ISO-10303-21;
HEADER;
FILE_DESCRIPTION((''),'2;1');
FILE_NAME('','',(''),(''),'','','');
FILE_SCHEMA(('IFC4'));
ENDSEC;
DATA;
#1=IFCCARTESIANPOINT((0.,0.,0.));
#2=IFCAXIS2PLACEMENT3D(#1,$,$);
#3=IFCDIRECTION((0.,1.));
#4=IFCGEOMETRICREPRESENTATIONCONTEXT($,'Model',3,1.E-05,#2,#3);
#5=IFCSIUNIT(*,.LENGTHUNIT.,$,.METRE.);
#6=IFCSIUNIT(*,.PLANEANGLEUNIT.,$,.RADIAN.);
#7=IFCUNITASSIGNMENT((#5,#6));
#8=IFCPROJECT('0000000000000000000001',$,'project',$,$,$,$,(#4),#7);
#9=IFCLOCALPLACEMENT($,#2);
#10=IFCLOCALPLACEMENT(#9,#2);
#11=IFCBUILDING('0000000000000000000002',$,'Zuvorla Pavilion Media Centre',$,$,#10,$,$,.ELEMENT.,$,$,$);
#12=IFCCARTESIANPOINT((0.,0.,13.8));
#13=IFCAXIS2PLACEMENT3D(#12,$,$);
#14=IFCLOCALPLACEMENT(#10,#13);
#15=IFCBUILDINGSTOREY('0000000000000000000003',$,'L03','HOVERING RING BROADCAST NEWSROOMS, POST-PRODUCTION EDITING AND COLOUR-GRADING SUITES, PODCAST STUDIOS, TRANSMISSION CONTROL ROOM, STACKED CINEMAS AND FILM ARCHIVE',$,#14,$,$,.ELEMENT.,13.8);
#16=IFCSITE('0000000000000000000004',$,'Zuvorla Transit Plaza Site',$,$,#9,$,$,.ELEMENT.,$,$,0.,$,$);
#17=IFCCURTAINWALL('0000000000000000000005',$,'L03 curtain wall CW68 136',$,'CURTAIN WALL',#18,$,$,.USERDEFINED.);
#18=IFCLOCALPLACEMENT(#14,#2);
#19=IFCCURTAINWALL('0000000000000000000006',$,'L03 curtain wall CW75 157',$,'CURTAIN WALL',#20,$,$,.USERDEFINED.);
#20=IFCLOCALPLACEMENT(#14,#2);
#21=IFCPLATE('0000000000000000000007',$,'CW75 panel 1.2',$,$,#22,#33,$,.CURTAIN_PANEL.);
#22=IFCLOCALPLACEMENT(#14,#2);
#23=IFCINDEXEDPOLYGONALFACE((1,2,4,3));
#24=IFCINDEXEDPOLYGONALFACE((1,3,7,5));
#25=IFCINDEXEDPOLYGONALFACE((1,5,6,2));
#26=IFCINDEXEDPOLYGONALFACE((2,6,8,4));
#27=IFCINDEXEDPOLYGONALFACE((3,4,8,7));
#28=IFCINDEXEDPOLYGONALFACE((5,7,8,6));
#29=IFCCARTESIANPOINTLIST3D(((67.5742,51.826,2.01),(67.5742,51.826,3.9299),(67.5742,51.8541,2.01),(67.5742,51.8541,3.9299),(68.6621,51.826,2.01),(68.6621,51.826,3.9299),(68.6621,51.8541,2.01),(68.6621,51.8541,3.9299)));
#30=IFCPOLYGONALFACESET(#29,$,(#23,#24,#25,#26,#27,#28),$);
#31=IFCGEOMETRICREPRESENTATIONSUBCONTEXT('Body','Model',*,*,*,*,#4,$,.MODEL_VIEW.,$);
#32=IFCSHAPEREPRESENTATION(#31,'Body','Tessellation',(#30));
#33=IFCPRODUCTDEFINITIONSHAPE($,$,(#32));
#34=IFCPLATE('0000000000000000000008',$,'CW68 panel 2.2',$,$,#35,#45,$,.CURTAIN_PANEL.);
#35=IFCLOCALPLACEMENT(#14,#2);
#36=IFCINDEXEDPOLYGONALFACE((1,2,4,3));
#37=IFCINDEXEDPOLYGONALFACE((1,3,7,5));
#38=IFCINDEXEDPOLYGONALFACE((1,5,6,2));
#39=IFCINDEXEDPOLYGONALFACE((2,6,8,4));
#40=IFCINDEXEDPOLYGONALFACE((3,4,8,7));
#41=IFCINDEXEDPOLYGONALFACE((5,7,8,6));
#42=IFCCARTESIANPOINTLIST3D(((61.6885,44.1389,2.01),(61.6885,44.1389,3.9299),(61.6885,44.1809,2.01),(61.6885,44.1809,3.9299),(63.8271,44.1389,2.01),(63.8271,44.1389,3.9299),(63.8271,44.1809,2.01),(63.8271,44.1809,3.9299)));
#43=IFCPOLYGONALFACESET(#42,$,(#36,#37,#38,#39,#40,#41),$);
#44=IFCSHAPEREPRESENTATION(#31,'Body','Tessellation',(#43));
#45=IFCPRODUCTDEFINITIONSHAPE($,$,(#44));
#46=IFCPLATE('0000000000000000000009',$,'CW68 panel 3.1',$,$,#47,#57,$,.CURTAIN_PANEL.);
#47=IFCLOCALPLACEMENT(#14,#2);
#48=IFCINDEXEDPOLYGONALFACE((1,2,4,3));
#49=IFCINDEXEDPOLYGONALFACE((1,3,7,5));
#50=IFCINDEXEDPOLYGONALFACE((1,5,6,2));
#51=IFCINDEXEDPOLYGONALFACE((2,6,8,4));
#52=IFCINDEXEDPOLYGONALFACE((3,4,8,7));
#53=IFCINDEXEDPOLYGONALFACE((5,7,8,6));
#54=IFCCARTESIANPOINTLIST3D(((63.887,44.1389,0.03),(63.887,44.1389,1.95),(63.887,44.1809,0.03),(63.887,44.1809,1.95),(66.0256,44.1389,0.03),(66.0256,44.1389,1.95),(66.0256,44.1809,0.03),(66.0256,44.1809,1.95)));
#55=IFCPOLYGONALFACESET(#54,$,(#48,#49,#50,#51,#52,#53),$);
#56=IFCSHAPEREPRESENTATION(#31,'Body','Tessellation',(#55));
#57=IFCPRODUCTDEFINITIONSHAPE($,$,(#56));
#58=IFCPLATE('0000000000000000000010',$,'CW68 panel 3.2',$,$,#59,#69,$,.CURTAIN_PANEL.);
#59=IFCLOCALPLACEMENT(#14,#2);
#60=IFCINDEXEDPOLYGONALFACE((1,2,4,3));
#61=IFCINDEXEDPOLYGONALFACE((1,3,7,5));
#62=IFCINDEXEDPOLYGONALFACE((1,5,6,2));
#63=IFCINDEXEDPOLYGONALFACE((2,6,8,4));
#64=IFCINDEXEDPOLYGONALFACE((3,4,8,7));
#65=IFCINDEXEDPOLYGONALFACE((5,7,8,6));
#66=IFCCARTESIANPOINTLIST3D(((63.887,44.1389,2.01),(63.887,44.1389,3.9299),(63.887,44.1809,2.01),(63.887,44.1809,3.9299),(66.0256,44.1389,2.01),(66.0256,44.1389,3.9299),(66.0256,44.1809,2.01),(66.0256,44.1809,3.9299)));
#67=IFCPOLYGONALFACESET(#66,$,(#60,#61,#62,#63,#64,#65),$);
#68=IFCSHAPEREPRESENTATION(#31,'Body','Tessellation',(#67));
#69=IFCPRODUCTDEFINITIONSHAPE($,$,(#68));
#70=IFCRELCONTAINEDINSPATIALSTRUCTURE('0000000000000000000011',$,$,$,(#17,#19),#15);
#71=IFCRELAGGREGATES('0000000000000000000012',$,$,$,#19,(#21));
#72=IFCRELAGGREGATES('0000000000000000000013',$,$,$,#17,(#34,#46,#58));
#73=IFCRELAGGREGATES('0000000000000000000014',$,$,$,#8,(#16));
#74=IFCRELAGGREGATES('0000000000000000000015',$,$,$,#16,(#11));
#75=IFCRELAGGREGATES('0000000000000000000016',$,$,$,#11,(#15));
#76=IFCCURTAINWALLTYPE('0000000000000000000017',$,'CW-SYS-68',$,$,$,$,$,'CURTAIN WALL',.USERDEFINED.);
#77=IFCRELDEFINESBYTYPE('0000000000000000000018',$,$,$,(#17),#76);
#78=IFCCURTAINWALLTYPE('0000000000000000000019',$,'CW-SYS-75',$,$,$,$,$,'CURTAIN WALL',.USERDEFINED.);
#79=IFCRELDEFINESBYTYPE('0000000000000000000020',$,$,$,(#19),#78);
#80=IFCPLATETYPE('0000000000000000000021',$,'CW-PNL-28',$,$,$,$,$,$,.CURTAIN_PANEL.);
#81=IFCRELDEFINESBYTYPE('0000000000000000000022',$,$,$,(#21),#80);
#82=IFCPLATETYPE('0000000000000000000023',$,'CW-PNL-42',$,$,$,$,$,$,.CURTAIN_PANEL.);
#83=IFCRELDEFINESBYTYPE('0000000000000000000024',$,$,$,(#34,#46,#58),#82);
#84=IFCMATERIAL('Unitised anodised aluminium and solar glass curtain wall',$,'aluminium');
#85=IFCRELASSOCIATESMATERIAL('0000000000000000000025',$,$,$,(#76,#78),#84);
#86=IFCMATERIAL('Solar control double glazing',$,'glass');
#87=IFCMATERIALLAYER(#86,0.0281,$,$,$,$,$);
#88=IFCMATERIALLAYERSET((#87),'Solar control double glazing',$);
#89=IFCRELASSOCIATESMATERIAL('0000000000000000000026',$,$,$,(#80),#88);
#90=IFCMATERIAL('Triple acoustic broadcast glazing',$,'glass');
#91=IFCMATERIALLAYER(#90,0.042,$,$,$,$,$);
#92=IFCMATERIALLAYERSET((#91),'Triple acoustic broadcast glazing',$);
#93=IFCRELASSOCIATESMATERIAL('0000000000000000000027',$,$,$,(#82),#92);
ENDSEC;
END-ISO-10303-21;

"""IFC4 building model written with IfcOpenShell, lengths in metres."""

from ifc_helpers import new_model, si_unit, direction, frame, origin, origin_2d, place, context, subcontext, project, spatial, rectangle, extrude, material, layer, layer_set, type_object, element, aggregate, save


model = new_model("IFC4")

# Units and contexts
model_context = context("Model", 3, precision=1e-05, world=origin(), true_north=direction((0.0, 1.0)))
body_context = subcontext(model_context, "Body", "Model", "MODEL_VIEW")
ifc_project = project(units=[si_unit("LENGTHUNIT", "METRE"), si_unit("PLANEANGLEUNIT", "RADIAN")], contexts=[model_context])

# Site, building, storey
site_placement = place(None, origin())
site = spatial("IfcSite", under=ifc_project, at=site_placement, Name="Zuvorla Transit Plaza Site", CompositionType="ELEMENT", RefElevation=0.0)
building_placement = place(site_placement, origin())
building = spatial("IfcBuilding", under=site, at=building_placement, Name="Zuvorla Pavilion Media Centre", CompositionType="ELEMENT")
storey_placement = place(building_placement, frame((0.0, 0.0, 13.8)))
storey = spatial("IfcBuildingStorey", under=building, at=storey_placement, Name="L03", Description="HOVERING RING BROADCAST NEWSROOMS, POST-PRODUCTION EDITING AND COLOUR-GRADING SUITES, PODCAST STUDIOS, TRANSMISSION CONTROL ROOM, STACKED CINEMAS AND FILM ARCHIVE", CompositionType="ELEMENT", Elevation=13.8)

# Curtain walls
ifc_material_1 = material(Name="Unitised anodised aluminium and solar glass curtain wall", Category="aluminium")
curtain_wall_type_1 = type_object("IfcCurtainWallType", Name="CW-SYS-68", ElementType="CURTAIN WALL", PredefinedType="USERDEFINED", material=ifc_material_1)
curtain_wall_1_placement = place(storey_placement, origin())
curtain_wall_1 = element("IfcCurtainWall", 1, at=curtain_wall_1_placement, inside=storey, type_object=curtain_wall_type_1, Name="L03 curtain wall CW68 136", ObjectType="CURTAIN WALL", PredefinedType="USERDEFINED")
curtain_wall_type_2 = type_object("IfcCurtainWallType", Name="CW-SYS-75", ElementType="CURTAIN WALL", PredefinedType="USERDEFINED", material=ifc_material_1)
curtain_wall_2_placement = place(storey_placement, origin())
curtain_wall_2 = element("IfcCurtainWall", 2, at=curtain_wall_2_placement, inside=storey, type_object=curtain_wall_type_2, Name="L03 curtain wall CW75 157", ObjectType="CURTAIN WALL", PredefinedType="USERDEFINED")

# Plates
ifc_material_2 = material(Name="Solar control double glazing", Category="glass")
ifc_layer_1 = layer(ifc_material_2, 0.0281)
ifc_layer_set_1 = layer_set([ifc_layer_1], Name="Solar control double glazing")
plate_type_1 = type_object("IfcPlateType", Name="CW-PNL-28", PredefinedType="CURTAIN_PANEL", material=ifc_layer_set_1)
plate_1_placement = place(storey_placement, frame((68.1182, 51.8401, 2.01), z_axis=(0.0, 0.0, 1.0), x_axis=(1.0, 0.0, 0.0)))
plate_1 = element("IfcPlate", 3, at=plate_1_placement, type_object=plate_type_1, Name="CW75 panel 1.2", PredefinedType="CURTAIN_PANEL", context=body_context, shape_type="SweptSolid", body=[
    extrude(rectangle(XDim=1.0879, YDim=0.0281, at=origin_2d()), origin(), (0.0, 0.0, 1.0), 1.9199),
])
aggregate(curtain_wall_2, [plate_1])
ifc_material_3 = material(Name="Triple acoustic broadcast glazing", Category="glass")
ifc_layer_2 = layer(ifc_material_3, 0.042)
ifc_layer_set_2 = layer_set([ifc_layer_2], Name="Triple acoustic broadcast glazing")
plate_type_2 = type_object("IfcPlateType", Name="CW-PNL-42", PredefinedType="CURTAIN_PANEL", material=ifc_layer_set_2)
plate_2_placement = place(storey_placement, frame((62.7578, 44.1599, 2.01), z_axis=(0.0, 0.0, 1.0), x_axis=(1.0, 0.0, 0.0)))
plate_2 = element("IfcPlate", 4, at=plate_2_placement, type_object=plate_type_2, Name="CW68 panel 2.2", PredefinedType="CURTAIN_PANEL", context=body_context, shape_type="SweptSolid", body=[
    extrude(rectangle(XDim=2.1387, YDim=0.042, at=origin_2d()), origin(), (0.0, 0.0, 1.0), 1.9199),
])
plate_3_placement = place(storey_placement, frame((64.9563, 44.1599, 0.03), z_axis=(0.0, 0.0, 1.0), x_axis=(1.0, 0.0, 0.0)))
plate_3 = element("IfcPlate", 5, at=plate_3_placement, type_object=plate_type_2, Name="CW68 panel 3.1", PredefinedType="CURTAIN_PANEL", context=body_context, shape_type="SweptSolid", body=[
    extrude(rectangle(XDim=2.1387, YDim=0.042, at=origin_2d()), origin(), (0.0, 0.0, 1.0), 1.9199),
])
plate_4_placement = place(storey_placement, frame((64.9563, 44.1599, 2.01), z_axis=(0.0, 0.0, 1.0), x_axis=(1.0, 0.0, 0.0)))
plate_4 = element("IfcPlate", 6, at=plate_4_placement, type_object=plate_type_2, Name="CW68 panel 3.2", PredefinedType="CURTAIN_PANEL", context=body_context, shape_type="SweptSolid", body=[
    extrude(rectangle(XDim=2.1387, YDim=0.042, at=origin_2d()), origin(), (0.0, 0.0, 1.0), 1.9199),
])
aggregate(curtain_wall_1, [plate_2, plate_3, plate_4])

save(model, "model.ifc")
